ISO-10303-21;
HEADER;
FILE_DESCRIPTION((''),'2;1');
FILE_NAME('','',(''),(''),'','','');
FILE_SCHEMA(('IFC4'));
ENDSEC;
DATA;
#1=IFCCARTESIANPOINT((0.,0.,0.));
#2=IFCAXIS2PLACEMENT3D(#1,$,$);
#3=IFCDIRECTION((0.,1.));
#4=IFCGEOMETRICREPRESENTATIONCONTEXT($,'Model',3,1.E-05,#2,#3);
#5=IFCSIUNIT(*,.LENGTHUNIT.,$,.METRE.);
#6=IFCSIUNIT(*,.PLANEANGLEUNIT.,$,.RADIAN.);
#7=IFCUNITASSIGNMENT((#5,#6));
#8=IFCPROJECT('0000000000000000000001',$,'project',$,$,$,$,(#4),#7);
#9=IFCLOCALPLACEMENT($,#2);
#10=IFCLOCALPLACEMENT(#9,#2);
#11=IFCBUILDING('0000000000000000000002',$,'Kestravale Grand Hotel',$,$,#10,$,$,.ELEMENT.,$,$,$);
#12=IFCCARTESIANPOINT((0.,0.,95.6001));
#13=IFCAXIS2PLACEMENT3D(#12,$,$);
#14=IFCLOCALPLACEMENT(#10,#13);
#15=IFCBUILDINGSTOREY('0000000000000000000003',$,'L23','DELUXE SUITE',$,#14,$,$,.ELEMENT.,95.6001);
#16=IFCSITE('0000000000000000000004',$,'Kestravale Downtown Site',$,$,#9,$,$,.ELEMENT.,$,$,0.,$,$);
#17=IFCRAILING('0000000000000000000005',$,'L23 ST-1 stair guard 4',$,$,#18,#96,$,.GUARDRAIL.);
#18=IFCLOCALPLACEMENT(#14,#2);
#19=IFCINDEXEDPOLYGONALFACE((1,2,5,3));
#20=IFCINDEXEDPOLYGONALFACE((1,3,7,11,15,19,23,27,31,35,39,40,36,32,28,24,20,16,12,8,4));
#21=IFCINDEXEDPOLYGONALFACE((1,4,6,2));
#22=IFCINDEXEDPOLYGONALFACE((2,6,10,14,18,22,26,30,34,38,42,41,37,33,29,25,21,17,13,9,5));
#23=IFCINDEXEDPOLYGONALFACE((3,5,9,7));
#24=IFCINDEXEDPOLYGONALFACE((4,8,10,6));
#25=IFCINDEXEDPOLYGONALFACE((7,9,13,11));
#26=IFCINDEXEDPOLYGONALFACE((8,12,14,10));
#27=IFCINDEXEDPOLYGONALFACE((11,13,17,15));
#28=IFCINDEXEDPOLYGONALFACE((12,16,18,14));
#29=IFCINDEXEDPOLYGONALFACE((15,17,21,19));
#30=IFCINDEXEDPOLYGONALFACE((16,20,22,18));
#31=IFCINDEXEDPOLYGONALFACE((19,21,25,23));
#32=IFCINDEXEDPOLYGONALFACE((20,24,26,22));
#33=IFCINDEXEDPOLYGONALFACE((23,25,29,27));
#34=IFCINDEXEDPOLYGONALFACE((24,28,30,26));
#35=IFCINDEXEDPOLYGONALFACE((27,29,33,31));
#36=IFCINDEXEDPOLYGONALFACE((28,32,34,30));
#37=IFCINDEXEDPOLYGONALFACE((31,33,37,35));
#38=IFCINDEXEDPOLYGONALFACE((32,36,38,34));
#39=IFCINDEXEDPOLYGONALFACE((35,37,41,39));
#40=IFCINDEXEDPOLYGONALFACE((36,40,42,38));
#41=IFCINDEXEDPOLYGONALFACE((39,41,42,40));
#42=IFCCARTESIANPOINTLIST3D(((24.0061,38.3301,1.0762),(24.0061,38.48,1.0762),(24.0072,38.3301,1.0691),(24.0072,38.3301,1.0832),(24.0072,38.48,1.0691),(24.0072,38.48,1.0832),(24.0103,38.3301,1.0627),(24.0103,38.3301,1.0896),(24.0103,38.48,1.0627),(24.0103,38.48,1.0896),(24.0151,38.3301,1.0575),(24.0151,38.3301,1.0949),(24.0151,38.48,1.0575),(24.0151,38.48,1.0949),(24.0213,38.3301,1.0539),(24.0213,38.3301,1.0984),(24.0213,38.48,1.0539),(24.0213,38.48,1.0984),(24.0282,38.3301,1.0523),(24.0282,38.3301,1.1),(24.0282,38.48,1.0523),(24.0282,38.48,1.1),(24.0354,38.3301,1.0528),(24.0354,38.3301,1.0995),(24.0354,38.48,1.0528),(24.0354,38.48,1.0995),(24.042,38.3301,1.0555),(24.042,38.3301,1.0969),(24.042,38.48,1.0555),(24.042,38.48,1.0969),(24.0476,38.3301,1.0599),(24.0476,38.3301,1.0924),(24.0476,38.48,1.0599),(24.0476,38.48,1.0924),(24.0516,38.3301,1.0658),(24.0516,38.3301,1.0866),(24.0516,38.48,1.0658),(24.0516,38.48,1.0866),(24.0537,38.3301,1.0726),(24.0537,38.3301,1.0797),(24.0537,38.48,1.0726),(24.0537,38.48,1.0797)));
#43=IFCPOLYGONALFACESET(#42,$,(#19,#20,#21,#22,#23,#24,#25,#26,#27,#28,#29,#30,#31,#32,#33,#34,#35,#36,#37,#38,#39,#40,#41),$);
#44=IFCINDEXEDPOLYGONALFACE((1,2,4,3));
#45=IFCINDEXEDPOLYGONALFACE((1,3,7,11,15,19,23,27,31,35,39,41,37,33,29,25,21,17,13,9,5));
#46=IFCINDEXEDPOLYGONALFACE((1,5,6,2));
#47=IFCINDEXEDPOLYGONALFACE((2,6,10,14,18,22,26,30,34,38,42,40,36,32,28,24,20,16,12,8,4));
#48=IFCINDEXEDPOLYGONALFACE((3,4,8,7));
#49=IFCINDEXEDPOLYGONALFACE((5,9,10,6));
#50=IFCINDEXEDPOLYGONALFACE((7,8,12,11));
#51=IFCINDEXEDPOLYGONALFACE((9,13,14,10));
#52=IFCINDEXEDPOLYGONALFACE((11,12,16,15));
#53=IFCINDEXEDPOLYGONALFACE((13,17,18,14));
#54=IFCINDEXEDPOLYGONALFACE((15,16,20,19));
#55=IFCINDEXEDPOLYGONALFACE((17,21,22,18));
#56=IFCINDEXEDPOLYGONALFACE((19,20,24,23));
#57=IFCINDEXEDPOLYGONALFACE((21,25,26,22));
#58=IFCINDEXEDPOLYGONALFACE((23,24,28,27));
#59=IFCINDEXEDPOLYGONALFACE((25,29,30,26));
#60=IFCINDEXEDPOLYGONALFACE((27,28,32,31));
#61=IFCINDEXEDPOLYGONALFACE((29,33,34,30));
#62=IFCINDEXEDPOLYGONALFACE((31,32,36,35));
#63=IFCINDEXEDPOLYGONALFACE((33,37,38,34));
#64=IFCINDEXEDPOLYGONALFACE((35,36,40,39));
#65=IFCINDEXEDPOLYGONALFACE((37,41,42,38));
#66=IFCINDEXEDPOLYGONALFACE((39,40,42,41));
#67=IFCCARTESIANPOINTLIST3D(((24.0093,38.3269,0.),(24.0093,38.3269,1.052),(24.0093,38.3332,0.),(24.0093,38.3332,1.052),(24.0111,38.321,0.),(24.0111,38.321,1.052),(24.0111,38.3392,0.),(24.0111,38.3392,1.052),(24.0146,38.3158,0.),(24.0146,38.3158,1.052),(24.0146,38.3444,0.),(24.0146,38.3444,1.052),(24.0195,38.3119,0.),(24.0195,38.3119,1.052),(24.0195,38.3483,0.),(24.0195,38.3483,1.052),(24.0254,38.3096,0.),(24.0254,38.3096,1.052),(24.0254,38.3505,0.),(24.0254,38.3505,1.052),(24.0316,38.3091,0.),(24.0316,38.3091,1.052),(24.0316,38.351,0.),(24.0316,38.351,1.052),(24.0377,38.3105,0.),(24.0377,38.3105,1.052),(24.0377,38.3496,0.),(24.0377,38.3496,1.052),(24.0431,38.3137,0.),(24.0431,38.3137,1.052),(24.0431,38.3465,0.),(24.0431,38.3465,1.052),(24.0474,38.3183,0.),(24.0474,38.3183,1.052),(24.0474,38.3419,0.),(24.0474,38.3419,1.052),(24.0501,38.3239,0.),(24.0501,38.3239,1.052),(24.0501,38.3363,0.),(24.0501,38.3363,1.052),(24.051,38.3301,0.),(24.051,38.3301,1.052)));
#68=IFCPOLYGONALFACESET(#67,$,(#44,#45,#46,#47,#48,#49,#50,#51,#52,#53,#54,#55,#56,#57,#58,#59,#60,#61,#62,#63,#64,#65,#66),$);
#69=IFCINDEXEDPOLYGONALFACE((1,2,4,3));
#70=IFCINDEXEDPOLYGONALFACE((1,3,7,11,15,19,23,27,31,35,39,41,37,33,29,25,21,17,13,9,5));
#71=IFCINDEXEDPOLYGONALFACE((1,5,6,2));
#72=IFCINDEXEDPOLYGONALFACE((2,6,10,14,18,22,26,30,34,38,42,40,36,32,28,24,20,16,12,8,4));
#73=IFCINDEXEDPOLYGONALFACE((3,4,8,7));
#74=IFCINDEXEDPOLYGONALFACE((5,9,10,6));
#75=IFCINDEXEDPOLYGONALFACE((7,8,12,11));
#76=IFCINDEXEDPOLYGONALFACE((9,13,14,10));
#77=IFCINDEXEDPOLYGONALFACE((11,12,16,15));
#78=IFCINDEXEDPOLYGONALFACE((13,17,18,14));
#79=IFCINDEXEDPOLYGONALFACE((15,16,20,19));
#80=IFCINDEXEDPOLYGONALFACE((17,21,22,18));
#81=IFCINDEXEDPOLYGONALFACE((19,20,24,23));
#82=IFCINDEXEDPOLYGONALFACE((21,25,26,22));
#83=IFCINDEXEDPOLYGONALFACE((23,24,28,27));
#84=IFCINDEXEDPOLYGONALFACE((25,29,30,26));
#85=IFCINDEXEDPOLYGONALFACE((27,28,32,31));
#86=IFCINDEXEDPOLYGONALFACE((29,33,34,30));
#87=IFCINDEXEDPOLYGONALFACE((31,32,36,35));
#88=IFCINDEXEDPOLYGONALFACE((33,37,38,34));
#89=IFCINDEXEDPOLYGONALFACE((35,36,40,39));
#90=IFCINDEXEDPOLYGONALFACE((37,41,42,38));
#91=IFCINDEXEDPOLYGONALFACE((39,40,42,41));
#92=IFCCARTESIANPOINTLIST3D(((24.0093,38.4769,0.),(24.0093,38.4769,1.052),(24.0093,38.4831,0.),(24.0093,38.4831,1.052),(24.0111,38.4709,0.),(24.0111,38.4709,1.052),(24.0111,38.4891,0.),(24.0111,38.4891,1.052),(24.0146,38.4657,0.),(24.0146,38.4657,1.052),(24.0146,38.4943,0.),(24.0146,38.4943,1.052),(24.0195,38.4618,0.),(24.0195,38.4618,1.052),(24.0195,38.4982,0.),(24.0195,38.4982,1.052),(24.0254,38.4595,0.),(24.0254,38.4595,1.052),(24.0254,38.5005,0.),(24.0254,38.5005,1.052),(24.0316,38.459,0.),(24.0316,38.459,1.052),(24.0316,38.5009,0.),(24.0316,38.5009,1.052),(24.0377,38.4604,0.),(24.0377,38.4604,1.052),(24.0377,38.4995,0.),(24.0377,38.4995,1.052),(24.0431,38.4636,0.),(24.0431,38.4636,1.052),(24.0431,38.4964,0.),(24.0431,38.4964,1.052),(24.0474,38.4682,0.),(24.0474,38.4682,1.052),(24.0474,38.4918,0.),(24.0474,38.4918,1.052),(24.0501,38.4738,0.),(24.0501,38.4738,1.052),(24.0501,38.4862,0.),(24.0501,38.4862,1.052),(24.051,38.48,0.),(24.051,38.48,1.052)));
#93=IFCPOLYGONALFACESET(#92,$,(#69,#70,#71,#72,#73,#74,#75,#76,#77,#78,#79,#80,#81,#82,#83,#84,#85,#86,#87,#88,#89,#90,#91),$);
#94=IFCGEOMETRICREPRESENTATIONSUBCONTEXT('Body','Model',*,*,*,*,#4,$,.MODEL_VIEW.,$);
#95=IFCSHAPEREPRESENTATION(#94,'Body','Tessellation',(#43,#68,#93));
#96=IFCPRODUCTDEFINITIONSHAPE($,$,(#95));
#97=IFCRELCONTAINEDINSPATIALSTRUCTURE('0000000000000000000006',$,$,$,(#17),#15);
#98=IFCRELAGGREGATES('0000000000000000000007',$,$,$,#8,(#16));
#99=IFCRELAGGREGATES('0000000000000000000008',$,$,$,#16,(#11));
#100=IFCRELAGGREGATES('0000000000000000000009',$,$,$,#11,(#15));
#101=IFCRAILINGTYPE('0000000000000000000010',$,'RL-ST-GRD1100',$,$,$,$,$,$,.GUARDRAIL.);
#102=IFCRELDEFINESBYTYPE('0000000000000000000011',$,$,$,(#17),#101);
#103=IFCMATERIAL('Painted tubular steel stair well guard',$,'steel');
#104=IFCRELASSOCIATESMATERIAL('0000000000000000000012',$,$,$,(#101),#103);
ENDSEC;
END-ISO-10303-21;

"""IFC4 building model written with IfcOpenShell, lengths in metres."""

from ifc_helpers import new_model, si_unit, direction, frame, origin, origin_2d, place, context, subcontext, project, spatial, circle, extrude, material, type_object, element, save


model = new_model("IFC4")

# Units and contexts
model_context = context("Model", 3, precision=1e-05, world=origin(), true_north=direction((0.0, 1.0)))
body_context = subcontext(model_context, "Body", "Model", "MODEL_VIEW")
ifc_project = project(units=[si_unit("LENGTHUNIT", "METRE"), si_unit("PLANEANGLEUNIT", "RADIAN")], contexts=[model_context])

# Site, building, storey
site_placement = place(None, origin())
site = spatial("IfcSite", under=ifc_project, at=site_placement, Name="Kestravale Downtown Site", CompositionType="ELEMENT", RefElevation=0.0)
building_placement = place(site_placement, origin())
building = spatial("IfcBuilding", under=site, at=building_placement, Name="Kestravale Grand Hotel", CompositionType="ELEMENT")
storey_placement = place(building_placement, frame((0.0, 0.0, 95.6001)))
storey = spatial("IfcBuildingStorey", under=building, at=storey_placement, Name="L23", Description="DELUXE SUITE", CompositionType="ELEMENT", Elevation=95.6001)

# Railing
ifc_material_1 = material(Name="Painted tubular steel stair well guard", Category="steel")
railing_type_1 = type_object("IfcRailingType", Name="RL-ST-GRD1100", PredefinedType="GUARDRAIL", material=ifc_material_1)
railing_1_placement = place(storey_placement, frame((24.03, 38.3301, 0.0)))
element("IfcRailing", 1, at=railing_1_placement, inside=storey, type_object=railing_type_1, Name="L23 ST-1 stair guard 4", PredefinedType="GUARDRAIL", context=body_context, shape_type="SweptSolid", body=[
    extrude(circle(Radius=0.0239, at=origin_2d()), frame((0.0, 0.0, 1.0762), z_axis=(0.0, 1.0, 0.0), x_axis=(-1.0, 0.0, 0.0)), (0.0, 0.0, 1.0), 0.1499),
    extrude(circle(Radius=0.021, at=origin_2d()), origin(), (0.0, 0.0, 1.0), 1.052),
    extrude(circle(Radius=0.021, at=origin_2d()), frame((0.0, 0.1499, 0.0)), (0.0, 0.0, 1.0), 1.052),
])

save(model, "model.ifc")
